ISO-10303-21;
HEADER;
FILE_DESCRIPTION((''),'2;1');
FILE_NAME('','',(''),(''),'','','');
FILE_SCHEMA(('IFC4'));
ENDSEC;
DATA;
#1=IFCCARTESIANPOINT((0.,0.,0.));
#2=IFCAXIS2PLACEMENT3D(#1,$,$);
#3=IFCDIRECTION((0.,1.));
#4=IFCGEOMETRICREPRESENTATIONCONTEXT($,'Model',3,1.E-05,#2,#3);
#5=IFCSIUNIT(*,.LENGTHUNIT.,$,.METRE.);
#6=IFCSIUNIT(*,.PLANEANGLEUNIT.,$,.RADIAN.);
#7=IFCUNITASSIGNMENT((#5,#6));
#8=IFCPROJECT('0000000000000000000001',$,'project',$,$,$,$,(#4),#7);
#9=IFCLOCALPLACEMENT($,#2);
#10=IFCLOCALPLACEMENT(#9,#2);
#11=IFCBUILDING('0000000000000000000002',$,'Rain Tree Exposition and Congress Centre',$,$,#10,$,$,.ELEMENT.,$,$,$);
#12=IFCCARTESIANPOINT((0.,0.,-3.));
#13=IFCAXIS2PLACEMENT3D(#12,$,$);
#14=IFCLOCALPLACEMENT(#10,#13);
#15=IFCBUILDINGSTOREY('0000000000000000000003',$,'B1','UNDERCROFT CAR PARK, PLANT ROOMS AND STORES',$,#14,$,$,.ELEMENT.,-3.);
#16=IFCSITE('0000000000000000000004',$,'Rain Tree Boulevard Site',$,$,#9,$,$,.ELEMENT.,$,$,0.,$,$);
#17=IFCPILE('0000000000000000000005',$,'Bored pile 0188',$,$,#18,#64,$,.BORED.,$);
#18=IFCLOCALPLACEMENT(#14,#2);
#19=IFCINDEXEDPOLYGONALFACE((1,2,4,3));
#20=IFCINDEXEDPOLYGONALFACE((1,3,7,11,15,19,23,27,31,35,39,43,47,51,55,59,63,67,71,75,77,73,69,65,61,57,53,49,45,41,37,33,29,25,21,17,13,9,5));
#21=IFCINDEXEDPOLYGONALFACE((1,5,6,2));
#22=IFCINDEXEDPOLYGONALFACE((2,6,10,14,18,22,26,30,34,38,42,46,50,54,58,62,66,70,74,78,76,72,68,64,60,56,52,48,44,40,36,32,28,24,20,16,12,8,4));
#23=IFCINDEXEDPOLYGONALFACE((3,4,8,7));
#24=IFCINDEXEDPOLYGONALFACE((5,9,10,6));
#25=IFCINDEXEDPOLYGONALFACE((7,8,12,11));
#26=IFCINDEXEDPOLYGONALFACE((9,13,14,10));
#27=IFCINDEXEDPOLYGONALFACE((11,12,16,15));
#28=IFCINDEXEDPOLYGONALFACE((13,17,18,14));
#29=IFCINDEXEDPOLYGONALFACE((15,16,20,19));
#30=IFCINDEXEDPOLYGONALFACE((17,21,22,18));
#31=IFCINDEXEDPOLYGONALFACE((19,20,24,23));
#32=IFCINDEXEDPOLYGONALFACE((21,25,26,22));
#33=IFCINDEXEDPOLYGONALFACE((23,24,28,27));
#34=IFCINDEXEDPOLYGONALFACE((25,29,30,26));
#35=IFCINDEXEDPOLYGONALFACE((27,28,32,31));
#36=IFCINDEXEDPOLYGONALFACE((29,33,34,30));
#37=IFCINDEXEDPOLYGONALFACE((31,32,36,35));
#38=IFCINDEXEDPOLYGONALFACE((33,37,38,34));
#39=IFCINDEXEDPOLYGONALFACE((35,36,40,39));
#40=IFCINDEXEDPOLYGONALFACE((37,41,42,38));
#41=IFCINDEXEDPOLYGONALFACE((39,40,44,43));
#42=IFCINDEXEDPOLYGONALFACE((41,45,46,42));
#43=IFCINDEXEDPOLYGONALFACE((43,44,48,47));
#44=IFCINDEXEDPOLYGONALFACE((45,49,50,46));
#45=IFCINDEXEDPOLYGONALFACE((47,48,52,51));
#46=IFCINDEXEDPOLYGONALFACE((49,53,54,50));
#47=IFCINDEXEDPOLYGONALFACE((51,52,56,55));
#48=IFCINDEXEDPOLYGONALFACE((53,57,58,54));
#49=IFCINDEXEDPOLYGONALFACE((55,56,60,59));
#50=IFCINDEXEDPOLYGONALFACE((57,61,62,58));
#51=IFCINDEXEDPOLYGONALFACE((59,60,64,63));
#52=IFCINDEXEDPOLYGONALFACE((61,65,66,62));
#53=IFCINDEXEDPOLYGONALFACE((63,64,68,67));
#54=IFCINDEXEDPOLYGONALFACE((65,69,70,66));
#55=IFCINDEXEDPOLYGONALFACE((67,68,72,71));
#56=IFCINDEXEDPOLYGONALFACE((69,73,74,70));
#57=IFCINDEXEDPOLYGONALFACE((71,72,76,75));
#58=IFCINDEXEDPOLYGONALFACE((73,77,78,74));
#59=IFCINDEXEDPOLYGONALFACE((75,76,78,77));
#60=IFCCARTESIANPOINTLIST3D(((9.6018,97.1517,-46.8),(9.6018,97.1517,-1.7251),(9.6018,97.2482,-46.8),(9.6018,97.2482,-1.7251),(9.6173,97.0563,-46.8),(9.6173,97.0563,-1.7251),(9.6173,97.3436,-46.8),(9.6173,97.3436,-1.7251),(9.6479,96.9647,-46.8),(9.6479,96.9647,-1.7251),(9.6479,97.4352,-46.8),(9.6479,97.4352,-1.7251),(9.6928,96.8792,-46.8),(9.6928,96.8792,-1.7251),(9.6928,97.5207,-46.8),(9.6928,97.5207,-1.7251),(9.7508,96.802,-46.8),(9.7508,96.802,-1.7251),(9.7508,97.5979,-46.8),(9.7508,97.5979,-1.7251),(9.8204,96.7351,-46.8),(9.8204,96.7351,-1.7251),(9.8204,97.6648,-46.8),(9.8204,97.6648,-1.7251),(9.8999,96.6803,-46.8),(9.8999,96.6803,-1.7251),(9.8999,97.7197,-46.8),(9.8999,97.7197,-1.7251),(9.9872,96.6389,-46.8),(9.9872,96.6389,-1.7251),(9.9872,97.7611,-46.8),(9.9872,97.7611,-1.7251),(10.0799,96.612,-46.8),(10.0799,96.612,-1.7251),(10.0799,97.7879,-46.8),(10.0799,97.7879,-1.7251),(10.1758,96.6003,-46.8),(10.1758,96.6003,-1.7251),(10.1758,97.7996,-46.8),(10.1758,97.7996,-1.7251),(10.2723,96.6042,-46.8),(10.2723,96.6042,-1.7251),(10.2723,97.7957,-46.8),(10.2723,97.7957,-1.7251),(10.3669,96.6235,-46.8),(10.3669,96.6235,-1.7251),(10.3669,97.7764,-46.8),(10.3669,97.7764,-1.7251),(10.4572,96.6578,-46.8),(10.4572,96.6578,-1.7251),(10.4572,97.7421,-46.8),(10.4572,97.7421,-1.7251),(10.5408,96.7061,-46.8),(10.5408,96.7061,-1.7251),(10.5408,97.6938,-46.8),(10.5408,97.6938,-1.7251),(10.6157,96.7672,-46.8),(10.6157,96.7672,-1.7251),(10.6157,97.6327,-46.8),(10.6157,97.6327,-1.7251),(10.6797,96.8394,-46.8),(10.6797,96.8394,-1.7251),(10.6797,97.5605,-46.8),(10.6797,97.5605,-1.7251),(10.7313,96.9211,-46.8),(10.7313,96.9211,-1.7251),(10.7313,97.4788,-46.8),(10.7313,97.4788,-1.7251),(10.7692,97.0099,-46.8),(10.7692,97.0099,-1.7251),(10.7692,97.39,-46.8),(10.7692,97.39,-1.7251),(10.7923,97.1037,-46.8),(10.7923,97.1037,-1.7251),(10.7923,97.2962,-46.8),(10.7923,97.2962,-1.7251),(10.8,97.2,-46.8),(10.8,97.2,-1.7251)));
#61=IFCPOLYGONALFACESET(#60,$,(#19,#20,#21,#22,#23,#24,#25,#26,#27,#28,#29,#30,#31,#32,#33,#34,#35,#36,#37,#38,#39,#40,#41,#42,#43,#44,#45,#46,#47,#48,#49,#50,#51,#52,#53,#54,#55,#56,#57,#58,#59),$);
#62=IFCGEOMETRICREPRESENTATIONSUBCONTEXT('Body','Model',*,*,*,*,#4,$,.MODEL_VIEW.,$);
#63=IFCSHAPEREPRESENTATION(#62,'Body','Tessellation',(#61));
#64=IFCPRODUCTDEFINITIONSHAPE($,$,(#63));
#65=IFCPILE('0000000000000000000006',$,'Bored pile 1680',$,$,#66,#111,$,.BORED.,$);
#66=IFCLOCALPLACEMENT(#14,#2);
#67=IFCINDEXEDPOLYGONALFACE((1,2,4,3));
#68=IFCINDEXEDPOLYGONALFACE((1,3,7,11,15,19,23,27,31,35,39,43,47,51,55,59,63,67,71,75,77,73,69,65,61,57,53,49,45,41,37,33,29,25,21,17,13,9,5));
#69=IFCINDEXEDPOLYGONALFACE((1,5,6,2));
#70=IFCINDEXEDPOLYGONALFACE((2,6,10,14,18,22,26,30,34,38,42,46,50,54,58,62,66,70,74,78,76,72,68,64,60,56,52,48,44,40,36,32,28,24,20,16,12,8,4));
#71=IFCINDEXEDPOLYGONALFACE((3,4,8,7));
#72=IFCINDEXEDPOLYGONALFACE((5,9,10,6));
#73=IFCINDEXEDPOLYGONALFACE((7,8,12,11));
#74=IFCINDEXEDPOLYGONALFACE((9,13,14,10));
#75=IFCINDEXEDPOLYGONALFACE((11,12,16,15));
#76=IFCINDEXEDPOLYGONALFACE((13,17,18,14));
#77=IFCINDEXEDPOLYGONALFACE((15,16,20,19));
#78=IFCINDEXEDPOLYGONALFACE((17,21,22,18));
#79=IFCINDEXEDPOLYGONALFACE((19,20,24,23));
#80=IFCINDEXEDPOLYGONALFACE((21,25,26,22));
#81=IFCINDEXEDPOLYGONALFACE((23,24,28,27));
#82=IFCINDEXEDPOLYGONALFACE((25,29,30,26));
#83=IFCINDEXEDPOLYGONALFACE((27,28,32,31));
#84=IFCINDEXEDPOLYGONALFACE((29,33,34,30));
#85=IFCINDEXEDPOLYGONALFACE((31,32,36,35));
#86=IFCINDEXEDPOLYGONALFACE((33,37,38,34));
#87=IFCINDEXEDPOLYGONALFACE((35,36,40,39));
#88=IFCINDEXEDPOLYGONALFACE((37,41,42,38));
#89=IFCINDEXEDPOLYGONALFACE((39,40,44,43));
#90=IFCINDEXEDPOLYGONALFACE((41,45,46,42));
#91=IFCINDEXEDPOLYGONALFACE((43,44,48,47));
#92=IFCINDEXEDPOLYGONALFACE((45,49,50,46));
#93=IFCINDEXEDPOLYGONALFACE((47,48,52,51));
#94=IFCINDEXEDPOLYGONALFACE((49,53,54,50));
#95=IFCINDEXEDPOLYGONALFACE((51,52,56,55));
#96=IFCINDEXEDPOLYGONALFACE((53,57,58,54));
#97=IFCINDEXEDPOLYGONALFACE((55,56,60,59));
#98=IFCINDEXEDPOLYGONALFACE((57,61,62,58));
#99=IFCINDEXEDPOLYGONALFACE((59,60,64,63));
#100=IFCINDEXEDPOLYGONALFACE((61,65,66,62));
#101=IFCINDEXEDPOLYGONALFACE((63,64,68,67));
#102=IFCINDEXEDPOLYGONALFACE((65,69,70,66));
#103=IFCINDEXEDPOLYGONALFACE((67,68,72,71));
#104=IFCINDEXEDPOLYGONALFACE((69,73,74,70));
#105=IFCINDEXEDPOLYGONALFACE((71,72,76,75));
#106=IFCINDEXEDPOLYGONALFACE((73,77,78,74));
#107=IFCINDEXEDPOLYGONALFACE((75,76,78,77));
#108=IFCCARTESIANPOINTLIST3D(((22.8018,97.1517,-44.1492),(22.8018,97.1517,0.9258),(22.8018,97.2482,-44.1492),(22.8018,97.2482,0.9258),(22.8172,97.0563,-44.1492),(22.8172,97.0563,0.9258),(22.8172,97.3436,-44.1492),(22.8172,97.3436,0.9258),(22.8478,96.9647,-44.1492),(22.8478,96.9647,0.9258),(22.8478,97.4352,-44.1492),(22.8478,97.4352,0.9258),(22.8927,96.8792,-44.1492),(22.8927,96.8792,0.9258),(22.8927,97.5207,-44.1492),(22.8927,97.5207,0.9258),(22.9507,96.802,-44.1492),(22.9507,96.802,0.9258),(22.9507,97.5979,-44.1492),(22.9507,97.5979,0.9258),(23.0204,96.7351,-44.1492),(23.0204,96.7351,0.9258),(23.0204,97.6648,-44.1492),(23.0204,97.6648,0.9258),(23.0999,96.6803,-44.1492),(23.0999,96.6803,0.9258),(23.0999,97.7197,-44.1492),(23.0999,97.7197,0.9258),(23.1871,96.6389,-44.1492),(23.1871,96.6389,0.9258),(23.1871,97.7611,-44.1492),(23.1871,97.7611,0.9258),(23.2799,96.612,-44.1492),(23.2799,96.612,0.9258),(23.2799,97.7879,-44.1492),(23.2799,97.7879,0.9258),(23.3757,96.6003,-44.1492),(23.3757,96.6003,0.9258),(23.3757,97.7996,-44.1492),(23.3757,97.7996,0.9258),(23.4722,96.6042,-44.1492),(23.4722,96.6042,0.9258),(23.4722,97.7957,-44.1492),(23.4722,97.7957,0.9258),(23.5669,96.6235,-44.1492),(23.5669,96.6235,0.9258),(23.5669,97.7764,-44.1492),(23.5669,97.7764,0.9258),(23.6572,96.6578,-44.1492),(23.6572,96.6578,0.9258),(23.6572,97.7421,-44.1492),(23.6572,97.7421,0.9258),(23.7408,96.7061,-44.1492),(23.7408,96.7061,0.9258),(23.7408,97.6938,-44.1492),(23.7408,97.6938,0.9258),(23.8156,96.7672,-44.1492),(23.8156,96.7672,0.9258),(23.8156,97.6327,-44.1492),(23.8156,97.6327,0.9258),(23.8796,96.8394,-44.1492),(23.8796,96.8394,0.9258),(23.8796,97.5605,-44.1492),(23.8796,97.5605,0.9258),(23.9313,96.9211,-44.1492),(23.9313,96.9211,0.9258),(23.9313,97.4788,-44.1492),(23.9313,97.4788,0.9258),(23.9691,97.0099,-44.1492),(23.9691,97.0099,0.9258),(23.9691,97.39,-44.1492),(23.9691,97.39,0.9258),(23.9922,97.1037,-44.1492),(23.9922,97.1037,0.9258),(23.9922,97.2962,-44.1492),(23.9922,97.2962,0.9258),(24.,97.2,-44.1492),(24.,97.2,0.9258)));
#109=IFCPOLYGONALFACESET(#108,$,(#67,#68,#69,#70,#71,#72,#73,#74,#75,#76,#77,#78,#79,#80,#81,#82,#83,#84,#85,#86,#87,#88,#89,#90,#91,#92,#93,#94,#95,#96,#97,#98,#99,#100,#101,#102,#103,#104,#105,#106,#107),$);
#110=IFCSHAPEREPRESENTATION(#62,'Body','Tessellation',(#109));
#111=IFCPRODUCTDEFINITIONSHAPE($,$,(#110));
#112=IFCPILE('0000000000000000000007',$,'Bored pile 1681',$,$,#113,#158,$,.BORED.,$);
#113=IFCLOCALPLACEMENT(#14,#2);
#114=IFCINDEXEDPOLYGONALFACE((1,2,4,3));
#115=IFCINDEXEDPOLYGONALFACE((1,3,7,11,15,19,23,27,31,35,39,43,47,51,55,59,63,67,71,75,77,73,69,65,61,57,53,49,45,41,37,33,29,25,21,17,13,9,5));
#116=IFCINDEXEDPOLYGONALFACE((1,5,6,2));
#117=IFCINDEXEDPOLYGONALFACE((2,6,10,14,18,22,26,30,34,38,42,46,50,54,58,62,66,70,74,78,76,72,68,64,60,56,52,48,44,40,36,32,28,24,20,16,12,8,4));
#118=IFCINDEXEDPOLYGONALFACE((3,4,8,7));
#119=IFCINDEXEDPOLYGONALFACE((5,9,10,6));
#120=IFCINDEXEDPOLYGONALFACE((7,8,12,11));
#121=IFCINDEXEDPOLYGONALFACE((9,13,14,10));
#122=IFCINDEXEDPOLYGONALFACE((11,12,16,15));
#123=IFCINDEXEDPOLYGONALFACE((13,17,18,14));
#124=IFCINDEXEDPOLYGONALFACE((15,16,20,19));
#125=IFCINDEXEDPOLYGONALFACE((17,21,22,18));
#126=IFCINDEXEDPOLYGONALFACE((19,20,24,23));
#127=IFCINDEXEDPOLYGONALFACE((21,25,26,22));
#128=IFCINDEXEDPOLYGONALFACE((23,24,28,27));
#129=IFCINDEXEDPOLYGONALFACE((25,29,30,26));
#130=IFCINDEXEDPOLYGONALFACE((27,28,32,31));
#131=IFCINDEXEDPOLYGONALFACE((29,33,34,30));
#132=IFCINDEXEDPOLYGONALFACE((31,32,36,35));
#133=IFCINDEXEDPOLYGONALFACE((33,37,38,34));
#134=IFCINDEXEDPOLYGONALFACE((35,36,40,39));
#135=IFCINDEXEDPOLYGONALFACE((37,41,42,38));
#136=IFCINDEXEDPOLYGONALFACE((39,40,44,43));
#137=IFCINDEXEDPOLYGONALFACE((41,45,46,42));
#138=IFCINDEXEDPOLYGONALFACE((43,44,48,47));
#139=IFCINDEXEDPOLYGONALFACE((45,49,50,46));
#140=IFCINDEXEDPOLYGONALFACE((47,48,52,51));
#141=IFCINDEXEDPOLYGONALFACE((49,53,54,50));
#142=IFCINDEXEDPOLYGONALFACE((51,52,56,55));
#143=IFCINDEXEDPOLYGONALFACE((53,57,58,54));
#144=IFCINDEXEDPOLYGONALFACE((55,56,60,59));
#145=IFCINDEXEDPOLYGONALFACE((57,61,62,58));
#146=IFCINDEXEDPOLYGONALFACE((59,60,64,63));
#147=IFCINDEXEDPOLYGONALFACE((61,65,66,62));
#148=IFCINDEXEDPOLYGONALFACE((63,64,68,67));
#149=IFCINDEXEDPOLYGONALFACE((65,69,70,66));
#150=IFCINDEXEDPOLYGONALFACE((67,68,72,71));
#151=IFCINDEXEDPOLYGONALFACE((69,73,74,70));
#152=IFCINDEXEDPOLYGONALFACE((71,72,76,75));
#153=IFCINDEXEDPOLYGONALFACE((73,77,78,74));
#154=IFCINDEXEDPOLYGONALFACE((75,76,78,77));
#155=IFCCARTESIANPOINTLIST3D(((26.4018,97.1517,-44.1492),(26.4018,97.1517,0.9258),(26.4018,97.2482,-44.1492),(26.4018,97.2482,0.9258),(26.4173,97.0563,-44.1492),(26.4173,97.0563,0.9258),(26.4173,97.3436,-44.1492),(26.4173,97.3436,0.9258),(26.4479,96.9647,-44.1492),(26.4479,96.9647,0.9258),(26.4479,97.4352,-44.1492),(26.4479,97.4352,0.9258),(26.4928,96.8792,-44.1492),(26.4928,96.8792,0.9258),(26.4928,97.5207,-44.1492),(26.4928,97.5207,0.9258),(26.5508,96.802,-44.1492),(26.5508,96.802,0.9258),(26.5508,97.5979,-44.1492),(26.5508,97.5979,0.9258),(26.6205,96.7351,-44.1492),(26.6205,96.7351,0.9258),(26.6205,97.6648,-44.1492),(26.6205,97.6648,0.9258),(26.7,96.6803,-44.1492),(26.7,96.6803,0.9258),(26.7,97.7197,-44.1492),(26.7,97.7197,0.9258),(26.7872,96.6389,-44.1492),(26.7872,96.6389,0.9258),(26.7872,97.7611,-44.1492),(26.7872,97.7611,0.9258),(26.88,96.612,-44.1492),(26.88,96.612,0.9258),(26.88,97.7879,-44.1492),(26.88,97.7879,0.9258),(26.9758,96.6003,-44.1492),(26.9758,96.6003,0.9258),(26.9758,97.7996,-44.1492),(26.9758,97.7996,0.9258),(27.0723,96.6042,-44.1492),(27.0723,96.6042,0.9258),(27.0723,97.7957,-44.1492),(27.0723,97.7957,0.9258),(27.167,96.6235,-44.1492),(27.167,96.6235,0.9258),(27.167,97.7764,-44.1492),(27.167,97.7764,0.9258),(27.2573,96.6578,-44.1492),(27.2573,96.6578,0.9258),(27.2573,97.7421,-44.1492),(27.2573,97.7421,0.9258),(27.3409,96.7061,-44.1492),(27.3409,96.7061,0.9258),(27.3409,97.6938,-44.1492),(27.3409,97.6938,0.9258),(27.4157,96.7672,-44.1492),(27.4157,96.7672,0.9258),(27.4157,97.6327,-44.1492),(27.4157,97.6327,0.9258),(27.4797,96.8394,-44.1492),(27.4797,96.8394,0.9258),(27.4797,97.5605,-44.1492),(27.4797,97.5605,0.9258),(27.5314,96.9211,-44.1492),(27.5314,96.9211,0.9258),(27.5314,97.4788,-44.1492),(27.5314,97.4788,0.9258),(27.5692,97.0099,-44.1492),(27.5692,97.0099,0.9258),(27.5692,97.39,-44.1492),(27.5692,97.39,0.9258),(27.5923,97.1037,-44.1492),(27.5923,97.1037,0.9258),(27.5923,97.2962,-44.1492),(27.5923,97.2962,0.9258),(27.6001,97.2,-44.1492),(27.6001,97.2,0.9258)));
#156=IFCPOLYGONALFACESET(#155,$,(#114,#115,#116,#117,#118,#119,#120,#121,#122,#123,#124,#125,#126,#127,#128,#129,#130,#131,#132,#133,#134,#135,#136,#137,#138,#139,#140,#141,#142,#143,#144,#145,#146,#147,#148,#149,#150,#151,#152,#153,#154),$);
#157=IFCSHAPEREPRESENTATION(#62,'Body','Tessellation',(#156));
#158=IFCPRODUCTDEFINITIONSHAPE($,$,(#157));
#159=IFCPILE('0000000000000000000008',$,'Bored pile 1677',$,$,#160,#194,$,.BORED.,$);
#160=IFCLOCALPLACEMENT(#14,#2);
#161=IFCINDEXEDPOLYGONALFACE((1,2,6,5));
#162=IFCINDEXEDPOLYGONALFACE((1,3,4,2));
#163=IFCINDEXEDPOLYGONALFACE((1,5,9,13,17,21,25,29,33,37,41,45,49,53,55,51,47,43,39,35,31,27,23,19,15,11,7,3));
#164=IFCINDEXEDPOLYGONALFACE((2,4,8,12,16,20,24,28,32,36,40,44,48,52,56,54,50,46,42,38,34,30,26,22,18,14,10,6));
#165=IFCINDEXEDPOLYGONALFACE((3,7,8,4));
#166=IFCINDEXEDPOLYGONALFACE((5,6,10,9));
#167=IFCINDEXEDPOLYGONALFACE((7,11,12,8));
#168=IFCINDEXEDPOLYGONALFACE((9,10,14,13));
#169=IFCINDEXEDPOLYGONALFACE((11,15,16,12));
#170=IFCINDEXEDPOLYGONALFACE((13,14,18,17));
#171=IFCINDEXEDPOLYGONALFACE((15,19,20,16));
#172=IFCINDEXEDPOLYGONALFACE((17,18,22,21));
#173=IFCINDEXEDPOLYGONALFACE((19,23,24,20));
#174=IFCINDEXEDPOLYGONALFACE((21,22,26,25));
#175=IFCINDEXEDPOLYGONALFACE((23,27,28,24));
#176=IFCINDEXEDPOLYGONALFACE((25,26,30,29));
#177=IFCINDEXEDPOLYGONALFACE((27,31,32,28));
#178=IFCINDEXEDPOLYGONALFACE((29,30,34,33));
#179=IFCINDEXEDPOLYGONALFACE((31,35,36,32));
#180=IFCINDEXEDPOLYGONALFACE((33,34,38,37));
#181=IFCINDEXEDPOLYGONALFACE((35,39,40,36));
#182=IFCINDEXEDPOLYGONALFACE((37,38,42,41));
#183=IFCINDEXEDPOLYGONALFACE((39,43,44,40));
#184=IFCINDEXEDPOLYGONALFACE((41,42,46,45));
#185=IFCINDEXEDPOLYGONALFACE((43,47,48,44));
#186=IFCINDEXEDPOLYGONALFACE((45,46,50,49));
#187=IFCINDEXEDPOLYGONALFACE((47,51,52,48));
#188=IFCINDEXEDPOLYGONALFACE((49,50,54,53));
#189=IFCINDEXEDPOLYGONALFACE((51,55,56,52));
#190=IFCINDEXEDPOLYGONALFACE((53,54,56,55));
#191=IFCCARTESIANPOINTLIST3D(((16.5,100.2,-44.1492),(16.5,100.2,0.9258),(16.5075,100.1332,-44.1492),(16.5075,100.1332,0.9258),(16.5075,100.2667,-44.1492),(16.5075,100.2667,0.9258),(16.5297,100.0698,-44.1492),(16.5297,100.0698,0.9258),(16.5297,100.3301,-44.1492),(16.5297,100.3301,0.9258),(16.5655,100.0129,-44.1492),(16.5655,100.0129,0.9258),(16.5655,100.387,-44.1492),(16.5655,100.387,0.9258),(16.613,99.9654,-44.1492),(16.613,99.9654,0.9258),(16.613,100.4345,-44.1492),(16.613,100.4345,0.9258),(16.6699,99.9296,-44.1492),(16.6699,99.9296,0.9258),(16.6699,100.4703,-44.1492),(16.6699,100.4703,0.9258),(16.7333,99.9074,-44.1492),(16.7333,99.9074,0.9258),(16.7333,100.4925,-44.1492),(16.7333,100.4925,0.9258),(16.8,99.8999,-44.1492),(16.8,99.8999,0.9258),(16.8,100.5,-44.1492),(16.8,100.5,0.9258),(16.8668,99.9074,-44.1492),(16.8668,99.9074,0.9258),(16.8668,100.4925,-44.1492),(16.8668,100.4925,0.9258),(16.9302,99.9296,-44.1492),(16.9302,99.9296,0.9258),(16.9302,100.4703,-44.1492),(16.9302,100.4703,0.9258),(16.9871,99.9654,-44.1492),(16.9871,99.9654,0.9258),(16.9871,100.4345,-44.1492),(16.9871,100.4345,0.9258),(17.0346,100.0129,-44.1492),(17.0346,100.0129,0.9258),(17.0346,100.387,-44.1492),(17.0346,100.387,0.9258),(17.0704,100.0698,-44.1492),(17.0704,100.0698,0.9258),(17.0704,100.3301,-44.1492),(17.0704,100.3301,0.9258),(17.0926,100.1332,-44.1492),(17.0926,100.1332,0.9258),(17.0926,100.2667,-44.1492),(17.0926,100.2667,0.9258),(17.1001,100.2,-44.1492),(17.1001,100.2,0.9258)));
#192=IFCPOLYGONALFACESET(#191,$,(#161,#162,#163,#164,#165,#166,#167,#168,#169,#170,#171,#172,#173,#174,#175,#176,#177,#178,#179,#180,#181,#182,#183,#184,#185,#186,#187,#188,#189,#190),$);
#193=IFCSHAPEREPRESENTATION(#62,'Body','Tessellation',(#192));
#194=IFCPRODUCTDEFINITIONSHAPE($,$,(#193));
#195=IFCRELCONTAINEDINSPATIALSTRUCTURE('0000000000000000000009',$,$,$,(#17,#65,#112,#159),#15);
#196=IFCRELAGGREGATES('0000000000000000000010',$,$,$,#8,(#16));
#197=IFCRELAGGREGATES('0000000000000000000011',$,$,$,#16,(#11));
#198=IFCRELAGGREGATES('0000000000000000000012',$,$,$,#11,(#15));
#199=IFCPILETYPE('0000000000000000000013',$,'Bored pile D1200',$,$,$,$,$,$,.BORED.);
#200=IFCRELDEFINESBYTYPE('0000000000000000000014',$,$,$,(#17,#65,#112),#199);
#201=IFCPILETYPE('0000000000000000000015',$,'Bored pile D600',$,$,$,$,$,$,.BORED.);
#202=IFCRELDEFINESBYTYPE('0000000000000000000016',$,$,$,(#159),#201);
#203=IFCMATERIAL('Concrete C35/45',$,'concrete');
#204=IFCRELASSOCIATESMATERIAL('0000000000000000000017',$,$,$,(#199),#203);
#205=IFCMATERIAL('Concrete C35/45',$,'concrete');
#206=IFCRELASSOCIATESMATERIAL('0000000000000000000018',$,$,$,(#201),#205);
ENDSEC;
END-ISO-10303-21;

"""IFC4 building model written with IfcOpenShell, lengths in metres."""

from ifc_helpers import new_model, si_unit, direction, frame, origin, origin_2d, place, context, subcontext, project, spatial, circle, extrude, material, material_profile, profile_set, type_object, element, save


model = new_model("IFC4")

# Units and contexts
model_context = context("Model", 3, precision=1e-05, world=origin(), true_north=direction((0.0, 1.0)))
body_context = subcontext(model_context, "Body", "Model", "MODEL_VIEW")
ifc_project = project(units=[si_unit("LENGTHUNIT", "METRE"), si_unit("PLANEANGLEUNIT", "RADIAN")], contexts=[model_context])

# Site, building, storey
site_placement = place(None, origin())
site = spatial("IfcSite", under=ifc_project, at=site_placement, Name="Rain Tree Boulevard Site", CompositionType="ELEMENT", RefElevation=0.0)
building_placement = place(site_placement, origin())
building = spatial("IfcBuilding", under=site, at=building_placement, Name="Rain Tree Exposition and Congress Centre", CompositionType="ELEMENT")
storey_placement = place(building_placement, frame((0.0, 0.0, -3.0)))
storey = spatial("IfcBuildingStorey", under=building, at=storey_placement, Name="B1", Description="UNDERCROFT CAR PARK, PLANT ROOMS AND STORES", CompositionType="ELEMENT", Elevation=-3.0)

# Piles
ifc_material_1 = material(Name="Concrete C35/45", Category="concrete")
ifc_material_profile_1 = material_profile(ifc_material_1, circle(Radius=0.6001, at=origin_2d()), Name="D1200")
ifc_profile_set_1 = profile_set([ifc_material_profile_1], Name="Concrete C35/45")
pile_type_1 = type_object("IfcPileType", Name="Bored pile D1200", PredefinedType="BORED", material=ifc_profile_set_1)
for number, where, z_axis, x_axis, name in (
    (1, (10.2, 97.2, -1.7251), (0.0, 0.0, -1.0), (1.0, 0.0, 0.0), "Bored pile 0188"),
    (2, (23.3999, 97.2, 0.9258), (0.0, 0.0, -1.0), (1.0, 0.0, 0.0), "Bored pile 1680"),
    (3, (27.0, 97.2, 0.9258), (0.0, 0.0, -1.0), (1.0, 0.0, 0.0), "Bored pile 1681"),
):
    element("IfcPile", number, at=place(storey_placement, frame(where, z_axis=z_axis, x_axis=x_axis)), inside=storey, type_object=pile_type_1, Name=name, PredefinedType="BORED", context=body_context, shape_type="SweptSolid", body=[
        extrude(circle(Radius=0.6001, at=origin_2d()), origin(), (0.0, 0.0, 1.0), 45.075),
    ])
ifc_material_2 = material(Name="Concrete C35/45", Category="concrete")
ifc_material_profile_2 = material_profile(ifc_material_2, circle(Radius=0.3, at=origin_2d()), Name="D600")
ifc_profile_set_2 = profile_set([ifc_material_profile_2], Name="Concrete C35/45")
pile_type_2 = type_object("IfcPileType", Name="Bored pile D600", PredefinedType="BORED", material=ifc_profile_set_2)
for number, where, z_axis, x_axis, name in (
    (4, (16.8, 100.2, 0.9258), (0.0, 0.0, -1.0), (1.0, 0.0, 0.0), "Bored pile 1677"),
):
    element("IfcPile", number, at=place(storey_placement, frame(where, z_axis=z_axis, x_axis=x_axis)), inside=storey, type_object=pile_type_2, Name=name, PredefinedType="BORED", context=body_context, shape_type="SweptSolid", body=[
        extrude(circle(Radius=0.3, at=origin_2d()), origin(), (0.0, 0.0, 1.0), 45.075),
    ])

save(model, "model.ifc")
